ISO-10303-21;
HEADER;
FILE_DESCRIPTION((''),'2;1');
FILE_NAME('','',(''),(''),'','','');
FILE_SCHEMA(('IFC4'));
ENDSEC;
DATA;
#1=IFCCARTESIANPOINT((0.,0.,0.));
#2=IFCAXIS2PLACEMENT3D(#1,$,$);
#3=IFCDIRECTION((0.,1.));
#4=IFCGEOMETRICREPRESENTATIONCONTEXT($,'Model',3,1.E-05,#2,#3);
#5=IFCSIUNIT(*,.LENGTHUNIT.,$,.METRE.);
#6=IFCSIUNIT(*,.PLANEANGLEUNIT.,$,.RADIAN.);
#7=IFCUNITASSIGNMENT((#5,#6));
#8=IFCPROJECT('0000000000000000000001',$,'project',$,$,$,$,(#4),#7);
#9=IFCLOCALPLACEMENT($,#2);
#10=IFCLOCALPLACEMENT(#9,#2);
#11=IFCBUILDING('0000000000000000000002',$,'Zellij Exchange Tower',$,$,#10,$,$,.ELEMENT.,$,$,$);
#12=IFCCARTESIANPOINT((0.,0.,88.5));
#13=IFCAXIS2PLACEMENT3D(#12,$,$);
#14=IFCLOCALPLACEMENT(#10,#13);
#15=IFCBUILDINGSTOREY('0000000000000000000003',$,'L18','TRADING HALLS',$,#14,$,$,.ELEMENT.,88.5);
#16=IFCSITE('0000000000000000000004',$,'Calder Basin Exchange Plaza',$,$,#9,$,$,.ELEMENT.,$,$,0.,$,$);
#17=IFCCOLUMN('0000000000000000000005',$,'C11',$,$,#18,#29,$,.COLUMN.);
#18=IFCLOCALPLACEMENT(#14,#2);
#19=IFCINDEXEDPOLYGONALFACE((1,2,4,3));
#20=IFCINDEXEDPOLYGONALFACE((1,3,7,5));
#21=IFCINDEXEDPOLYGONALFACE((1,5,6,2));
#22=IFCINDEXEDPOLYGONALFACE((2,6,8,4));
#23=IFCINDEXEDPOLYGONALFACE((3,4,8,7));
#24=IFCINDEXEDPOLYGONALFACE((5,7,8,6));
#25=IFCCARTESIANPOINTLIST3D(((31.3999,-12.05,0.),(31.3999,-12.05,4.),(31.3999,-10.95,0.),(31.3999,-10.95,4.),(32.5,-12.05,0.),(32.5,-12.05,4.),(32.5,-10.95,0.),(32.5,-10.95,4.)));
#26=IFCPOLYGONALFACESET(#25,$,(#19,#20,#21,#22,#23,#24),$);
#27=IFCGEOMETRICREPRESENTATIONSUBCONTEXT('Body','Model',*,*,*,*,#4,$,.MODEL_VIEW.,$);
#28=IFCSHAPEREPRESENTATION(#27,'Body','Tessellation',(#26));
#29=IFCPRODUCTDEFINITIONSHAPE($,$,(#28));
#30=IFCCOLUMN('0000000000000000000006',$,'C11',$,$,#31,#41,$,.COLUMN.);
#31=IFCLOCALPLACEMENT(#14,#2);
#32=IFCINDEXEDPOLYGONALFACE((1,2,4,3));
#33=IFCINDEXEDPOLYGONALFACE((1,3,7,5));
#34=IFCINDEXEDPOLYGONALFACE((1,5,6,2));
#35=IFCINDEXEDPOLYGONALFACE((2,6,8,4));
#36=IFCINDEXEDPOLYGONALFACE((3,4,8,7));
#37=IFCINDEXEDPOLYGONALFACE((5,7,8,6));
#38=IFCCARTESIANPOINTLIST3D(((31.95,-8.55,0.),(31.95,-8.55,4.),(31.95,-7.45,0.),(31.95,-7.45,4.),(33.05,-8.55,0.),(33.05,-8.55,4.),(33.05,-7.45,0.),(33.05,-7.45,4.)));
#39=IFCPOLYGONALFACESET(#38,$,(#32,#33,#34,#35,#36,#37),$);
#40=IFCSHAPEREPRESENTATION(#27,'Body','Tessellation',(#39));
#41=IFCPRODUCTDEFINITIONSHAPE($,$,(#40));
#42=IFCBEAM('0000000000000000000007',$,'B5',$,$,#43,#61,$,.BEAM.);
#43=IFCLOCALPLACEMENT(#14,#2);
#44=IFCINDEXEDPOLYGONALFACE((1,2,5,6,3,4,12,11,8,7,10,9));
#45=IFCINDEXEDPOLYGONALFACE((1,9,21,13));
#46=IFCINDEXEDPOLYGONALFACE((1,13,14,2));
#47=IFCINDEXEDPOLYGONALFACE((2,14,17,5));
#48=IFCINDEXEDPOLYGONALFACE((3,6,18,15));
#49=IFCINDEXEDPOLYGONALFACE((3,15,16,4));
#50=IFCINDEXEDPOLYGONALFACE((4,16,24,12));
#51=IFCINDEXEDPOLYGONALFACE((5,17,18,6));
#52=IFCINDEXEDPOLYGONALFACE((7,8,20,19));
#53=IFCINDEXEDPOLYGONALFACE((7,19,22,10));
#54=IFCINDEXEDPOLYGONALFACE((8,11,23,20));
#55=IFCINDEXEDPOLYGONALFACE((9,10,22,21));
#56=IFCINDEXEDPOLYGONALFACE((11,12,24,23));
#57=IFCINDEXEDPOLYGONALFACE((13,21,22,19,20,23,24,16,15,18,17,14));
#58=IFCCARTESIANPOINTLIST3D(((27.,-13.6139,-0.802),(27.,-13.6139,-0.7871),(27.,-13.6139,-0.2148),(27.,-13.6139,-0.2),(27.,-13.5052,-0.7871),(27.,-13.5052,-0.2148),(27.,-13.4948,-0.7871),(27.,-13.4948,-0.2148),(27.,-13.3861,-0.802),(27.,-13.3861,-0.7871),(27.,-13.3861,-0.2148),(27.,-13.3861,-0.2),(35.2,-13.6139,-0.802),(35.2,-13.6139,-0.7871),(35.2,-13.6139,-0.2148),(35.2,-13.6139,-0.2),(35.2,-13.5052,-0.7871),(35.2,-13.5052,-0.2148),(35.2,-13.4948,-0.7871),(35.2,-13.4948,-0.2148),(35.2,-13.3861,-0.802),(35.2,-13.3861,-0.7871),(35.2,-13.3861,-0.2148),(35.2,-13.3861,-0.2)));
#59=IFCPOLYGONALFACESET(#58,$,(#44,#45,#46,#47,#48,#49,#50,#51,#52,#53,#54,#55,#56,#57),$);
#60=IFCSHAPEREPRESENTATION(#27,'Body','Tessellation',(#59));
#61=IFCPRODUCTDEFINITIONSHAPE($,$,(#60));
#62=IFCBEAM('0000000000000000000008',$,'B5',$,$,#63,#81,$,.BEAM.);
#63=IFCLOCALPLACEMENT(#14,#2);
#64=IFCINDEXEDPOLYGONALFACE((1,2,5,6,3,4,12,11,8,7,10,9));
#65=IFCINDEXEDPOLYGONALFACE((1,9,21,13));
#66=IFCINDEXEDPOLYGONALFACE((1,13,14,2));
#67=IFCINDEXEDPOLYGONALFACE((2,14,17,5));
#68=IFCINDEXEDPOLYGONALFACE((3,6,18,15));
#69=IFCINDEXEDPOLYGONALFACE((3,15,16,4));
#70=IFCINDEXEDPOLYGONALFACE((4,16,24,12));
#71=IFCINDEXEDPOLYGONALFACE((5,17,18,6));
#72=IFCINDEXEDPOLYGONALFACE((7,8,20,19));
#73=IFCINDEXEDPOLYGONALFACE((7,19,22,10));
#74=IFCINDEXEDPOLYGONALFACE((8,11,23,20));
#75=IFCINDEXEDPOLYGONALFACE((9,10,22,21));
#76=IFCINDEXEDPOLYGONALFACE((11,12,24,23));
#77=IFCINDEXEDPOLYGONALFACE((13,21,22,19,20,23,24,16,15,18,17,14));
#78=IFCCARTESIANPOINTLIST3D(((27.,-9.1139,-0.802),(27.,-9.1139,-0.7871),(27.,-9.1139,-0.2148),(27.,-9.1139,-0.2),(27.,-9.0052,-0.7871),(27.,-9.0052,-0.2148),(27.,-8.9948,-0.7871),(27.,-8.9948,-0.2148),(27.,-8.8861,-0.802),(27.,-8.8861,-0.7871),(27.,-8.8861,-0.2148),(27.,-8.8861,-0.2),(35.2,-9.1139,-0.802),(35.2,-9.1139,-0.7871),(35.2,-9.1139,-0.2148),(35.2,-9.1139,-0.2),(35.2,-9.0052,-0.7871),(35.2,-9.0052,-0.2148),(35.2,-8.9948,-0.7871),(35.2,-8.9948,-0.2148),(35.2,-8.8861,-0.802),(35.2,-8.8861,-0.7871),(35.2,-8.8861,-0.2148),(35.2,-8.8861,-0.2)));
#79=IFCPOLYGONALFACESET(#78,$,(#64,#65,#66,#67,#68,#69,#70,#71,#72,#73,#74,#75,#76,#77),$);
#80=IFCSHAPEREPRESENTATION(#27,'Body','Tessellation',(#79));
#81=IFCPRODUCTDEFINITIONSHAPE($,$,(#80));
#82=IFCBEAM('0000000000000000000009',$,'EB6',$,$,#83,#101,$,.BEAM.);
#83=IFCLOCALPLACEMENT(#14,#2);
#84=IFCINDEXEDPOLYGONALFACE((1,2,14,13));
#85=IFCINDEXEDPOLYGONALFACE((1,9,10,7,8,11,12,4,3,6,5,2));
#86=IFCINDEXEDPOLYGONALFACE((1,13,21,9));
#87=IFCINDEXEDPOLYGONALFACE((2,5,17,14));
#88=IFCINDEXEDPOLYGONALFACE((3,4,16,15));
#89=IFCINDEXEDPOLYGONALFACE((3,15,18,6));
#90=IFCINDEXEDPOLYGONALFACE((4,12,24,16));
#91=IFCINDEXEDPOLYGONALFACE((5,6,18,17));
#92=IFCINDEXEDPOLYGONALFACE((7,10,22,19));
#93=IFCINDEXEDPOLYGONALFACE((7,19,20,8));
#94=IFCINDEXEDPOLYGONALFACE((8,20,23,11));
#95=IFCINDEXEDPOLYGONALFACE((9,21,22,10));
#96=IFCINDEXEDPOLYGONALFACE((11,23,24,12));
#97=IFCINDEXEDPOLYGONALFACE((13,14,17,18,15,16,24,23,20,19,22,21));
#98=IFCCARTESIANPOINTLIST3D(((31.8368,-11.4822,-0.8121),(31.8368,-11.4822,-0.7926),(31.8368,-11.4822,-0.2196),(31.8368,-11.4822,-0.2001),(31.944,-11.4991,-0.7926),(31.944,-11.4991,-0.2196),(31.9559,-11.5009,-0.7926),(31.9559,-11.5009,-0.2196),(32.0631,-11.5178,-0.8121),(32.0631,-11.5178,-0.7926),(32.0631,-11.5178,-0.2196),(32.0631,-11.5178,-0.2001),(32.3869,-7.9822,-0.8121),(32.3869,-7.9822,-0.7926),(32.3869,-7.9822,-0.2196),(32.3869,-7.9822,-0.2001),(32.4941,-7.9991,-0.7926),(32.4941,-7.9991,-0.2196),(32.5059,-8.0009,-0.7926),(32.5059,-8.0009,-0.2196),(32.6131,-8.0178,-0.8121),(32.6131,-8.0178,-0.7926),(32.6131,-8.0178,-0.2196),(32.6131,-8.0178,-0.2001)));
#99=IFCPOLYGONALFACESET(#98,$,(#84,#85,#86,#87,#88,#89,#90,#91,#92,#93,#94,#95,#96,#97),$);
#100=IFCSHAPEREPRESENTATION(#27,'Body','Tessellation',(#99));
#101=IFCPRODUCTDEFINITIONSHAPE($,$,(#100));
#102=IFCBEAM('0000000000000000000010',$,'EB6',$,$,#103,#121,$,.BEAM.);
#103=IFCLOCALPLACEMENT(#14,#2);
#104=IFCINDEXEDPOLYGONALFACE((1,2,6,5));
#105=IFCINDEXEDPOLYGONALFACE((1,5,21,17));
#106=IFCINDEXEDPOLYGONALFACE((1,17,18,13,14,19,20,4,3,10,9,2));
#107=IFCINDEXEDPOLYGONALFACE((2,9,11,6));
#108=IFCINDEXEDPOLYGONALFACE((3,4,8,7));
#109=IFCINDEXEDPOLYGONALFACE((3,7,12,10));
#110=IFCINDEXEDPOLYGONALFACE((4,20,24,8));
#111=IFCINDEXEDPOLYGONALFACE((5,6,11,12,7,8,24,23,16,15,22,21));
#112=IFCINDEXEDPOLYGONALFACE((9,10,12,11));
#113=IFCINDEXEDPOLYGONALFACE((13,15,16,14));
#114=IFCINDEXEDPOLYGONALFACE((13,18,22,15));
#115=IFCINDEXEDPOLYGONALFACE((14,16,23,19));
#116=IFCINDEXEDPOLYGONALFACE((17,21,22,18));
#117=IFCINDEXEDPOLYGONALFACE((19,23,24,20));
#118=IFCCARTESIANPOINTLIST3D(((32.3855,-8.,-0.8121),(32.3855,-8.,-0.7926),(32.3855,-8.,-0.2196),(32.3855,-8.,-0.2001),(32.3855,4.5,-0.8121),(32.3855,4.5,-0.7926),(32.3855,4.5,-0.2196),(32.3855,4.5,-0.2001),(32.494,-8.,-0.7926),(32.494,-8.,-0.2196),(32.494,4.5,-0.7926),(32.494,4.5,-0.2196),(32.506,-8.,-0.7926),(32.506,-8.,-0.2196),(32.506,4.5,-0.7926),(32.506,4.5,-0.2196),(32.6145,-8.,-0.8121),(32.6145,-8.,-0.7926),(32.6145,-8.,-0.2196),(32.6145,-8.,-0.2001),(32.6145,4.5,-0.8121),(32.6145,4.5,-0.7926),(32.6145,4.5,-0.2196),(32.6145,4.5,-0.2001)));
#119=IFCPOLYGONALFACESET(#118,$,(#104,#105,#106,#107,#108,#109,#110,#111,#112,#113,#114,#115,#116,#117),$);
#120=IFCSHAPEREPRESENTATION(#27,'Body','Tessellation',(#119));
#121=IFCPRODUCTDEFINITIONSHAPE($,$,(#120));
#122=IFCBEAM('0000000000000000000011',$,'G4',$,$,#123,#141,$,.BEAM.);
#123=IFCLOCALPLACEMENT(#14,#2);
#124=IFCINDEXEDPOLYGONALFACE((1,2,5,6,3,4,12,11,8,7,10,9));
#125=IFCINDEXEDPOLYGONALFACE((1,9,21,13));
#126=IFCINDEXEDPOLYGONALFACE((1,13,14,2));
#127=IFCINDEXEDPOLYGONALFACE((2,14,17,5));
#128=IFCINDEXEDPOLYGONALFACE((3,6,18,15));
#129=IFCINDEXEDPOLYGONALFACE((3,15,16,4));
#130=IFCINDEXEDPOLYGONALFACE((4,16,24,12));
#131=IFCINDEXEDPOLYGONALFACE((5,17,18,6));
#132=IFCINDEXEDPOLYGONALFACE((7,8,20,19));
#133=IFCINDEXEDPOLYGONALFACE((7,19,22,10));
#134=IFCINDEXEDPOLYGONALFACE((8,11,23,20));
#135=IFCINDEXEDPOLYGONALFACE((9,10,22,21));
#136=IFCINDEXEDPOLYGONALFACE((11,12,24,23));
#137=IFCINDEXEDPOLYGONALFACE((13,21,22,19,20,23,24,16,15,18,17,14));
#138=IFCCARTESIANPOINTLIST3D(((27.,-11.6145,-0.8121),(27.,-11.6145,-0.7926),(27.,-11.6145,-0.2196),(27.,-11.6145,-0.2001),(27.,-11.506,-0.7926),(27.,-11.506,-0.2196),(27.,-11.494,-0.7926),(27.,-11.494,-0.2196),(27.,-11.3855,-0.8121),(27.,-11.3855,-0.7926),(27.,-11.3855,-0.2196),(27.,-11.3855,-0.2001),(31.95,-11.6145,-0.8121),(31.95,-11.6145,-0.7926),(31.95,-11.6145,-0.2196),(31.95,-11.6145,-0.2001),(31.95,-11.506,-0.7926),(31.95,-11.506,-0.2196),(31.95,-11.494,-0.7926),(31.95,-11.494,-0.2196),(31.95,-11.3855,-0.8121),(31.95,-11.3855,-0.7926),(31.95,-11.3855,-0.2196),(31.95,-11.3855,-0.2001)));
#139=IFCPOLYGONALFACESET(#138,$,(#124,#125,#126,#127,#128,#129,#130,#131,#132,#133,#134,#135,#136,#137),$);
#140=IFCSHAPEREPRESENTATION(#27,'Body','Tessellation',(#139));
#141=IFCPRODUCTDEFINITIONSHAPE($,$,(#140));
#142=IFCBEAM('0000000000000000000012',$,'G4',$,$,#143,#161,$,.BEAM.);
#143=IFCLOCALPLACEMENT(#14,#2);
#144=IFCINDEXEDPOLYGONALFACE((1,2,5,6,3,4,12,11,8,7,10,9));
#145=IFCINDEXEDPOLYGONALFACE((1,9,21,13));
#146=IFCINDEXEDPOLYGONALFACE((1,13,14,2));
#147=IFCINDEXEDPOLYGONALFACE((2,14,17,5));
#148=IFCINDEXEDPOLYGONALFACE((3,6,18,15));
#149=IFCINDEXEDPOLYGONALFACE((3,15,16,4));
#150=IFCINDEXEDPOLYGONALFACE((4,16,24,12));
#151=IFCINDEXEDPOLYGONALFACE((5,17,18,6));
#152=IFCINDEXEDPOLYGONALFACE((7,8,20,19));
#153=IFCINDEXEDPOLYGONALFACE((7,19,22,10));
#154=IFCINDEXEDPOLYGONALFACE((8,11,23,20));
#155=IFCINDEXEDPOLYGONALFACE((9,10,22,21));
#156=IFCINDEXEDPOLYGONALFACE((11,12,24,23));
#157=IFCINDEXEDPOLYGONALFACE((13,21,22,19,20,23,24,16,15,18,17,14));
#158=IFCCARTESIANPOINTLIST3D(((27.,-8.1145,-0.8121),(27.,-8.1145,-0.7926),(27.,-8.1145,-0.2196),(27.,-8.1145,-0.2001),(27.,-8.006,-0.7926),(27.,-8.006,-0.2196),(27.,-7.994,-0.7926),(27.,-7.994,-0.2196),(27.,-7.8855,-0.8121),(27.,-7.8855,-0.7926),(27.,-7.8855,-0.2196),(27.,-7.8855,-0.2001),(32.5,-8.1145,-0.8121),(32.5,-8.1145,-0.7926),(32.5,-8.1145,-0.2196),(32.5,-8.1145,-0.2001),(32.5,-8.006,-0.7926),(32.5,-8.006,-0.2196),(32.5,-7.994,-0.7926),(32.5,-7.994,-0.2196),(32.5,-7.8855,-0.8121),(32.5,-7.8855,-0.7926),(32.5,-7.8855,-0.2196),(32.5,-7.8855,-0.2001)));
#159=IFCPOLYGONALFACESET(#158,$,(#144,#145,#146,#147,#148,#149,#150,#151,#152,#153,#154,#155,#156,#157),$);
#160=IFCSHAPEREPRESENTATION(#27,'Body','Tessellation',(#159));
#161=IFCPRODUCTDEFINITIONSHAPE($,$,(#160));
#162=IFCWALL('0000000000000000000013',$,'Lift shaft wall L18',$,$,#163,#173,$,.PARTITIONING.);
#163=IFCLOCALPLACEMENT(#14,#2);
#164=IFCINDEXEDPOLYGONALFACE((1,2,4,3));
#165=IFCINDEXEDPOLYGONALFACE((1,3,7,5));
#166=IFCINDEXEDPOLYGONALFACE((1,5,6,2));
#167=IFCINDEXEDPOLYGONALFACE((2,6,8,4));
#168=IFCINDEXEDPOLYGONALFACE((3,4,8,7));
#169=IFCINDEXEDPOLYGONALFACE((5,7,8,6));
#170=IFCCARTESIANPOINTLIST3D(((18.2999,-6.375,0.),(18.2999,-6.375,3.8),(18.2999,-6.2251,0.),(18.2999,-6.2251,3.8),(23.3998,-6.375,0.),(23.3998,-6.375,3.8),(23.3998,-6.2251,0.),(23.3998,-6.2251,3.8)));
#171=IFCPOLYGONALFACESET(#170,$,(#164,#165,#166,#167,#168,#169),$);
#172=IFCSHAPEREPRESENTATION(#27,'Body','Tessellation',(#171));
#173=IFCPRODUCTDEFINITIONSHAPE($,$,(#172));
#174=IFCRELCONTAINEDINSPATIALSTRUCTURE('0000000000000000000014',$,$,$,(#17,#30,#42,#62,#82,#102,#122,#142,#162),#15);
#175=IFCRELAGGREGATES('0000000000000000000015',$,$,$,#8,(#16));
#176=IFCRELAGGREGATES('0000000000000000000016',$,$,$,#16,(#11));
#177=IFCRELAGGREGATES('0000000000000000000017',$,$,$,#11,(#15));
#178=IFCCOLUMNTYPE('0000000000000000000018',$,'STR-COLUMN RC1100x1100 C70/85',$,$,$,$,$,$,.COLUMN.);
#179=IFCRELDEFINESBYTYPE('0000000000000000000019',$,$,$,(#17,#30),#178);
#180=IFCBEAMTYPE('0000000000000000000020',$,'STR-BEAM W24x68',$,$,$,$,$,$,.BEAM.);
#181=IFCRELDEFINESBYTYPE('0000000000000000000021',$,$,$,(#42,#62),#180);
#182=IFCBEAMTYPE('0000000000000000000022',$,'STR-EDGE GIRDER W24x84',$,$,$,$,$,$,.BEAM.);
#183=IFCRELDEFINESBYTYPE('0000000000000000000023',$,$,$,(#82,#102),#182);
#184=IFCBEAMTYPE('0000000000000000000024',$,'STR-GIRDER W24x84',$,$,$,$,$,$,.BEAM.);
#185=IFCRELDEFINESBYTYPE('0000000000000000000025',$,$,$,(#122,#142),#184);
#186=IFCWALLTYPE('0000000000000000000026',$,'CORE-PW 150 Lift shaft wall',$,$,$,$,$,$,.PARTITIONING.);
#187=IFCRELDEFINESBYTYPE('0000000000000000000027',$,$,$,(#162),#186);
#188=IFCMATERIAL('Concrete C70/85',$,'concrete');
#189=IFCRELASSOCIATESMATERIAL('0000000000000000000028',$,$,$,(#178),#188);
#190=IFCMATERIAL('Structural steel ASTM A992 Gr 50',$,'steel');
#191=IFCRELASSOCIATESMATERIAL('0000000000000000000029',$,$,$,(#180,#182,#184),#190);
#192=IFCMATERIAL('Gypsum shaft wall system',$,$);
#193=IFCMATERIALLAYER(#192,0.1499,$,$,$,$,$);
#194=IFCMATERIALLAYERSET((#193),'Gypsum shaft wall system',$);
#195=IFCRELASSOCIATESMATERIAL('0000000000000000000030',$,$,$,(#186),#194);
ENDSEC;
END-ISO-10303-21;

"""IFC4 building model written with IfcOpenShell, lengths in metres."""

from ifc_helpers import new_model, si_unit, direction, frame, frame_2d, origin, origin_2d, place, context, subcontext, project, spatial, rectangle, i_section, extrude, material, layer, layer_set, material_profile, profile_set, type_object, element, save


model = new_model("IFC4")

# Units and contexts
model_context = context("Model", 3, precision=1e-05, world=origin(), true_north=direction((0.0, 1.0)))
body_context = subcontext(model_context, "Body", "Model", "MODEL_VIEW")
ifc_project = project(units=[si_unit("LENGTHUNIT", "METRE"), si_unit("PLANEANGLEUNIT", "RADIAN")], contexts=[model_context])

# Site, building, storey
site_placement = place(None, origin())
site = spatial("IfcSite", under=ifc_project, at=site_placement, Name="Calder Basin Exchange Plaza", CompositionType="ELEMENT", RefElevation=0.0)
building_placement = place(site_placement, origin())
building = spatial("IfcBuilding", under=site, at=building_placement, Name="Zellij Exchange Tower", CompositionType="ELEMENT")
storey_placement = place(building_placement, frame((0.0, 0.0, 88.5)))
storey = spatial("IfcBuildingStorey", under=building, at=storey_placement, Name="L18", Description="TRADING HALLS", CompositionType="ELEMENT", Elevation=88.5)

# Columns
ifc_material_1 = material(Name="Concrete C70/85", Category="concrete")
ifc_material_profile_1 = material_profile(ifc_material_1, rectangle(XDim=1.1001, YDim=1.1001, at=origin_2d()), Name="STR-COLUMN RC1100x1100 C70/85")
ifc_profile_set_1 = profile_set([ifc_material_profile_1], Name="Concrete C70/85")
column_type = type_object("IfcColumnType", Name="STR-COLUMN RC1100x1100 C70/85", PredefinedType="COLUMN", material=ifc_profile_set_1)
for number, where, z_axis, x_axis, name in (
    (1, (31.95, -11.5, 0.0), (0.0, 0.0, 1.0), (1.0, 0.0, 0.0), "C11"),
    (2, (32.5, -8.0, 0.0), (0.0, 0.0, 1.0), (1.0, 0.0, 0.0), "C11"),
):
    element("IfcColumn", number, at=place(storey_placement, frame(where, z_axis=z_axis, x_axis=x_axis)), inside=storey, type_object=column_type, Name=name, PredefinedType="COLUMN", context=body_context, shape_type="SweptSolid", body=[
        extrude(rectangle(XDim=1.1001, YDim=1.1001, at=origin_2d()), origin(), (0.0, 0.0, 1.0), 4.0),
    ])

# Beams
ifc_material_2 = material(Name="Structural steel ASTM A992 Gr 50", Category="steel")
ifc_material_profile_2 = material_profile(ifc_material_2, i_section(OverallWidth=0.2278, OverallDepth=0.6021, WebThickness=0.0105, FlangeThickness=0.0149, at=origin_2d()), Name="W24x68")
ifc_profile_set_2 = profile_set([ifc_material_profile_2], Name="Structural steel ASTM A992 Gr 50")
beam_type_1 = type_object("IfcBeamType", Name="STR-BEAM W24x68", PredefinedType="BEAM", material=ifc_profile_set_2)
for number, where, z_axis, x_axis, name in (
    (3, (27.0, -13.5, -0.501), (1.0, 0.0, 0.0), (0.0, 1.0, 0.0), "B5"),
    (4, (27.0, -9.0, -0.501), (1.0, 0.0, 0.0), (0.0, 1.0, 0.0), "B5"),
):
    element("IfcBeam", number, at=place(storey_placement, frame(where, z_axis=z_axis, x_axis=x_axis)), inside=storey, type_object=beam_type_1, Name=name, PredefinedType="BEAM", context=body_context, shape_type="SweptSolid", body=[
        extrude(i_section(OverallWidth=0.2278, OverallDepth=0.6021, WebThickness=0.0105, FlangeThickness=0.0149, at=origin_2d()), origin(), (0.0, 0.0, 1.0), 8.2),
    ])
ifc_material_profile_3 = material_profile(ifc_material_2, i_section(OverallWidth=0.229, OverallDepth=0.6121, WebThickness=0.012, FlangeThickness=0.0195, at=origin_2d()), Name="W24x84")
ifc_profile_set_3 = profile_set([ifc_material_profile_3], Name="Structural steel ASTM A992 Gr 50")
beam_type_2 = type_object("IfcBeamType", Name="STR-EDGE GIRDER W24x84", PredefinedType="BEAM", material=ifc_profile_set_3)
beam_1_placement = place(storey_placement, frame((31.95, -11.5, -0.5061), z_axis=(0.155251, 0.987875, 0.0), x_axis=(-0.987875, 0.155251, 0.0)))
element("IfcBeam", 5, at=beam_1_placement, inside=storey, type_object=beam_type_2, Name="EB6", PredefinedType="BEAM", context=body_context, shape_type="SweptSolid", body=[
    extrude(i_section(OverallWidth=0.229, OverallDepth=0.6121, WebThickness=0.012, FlangeThickness=0.0195, at=origin_2d()), origin(), (0.0, 0.0, 1.0), 3.543),
])
beam_2_placement = place(storey_placement, frame((32.5, -8.0, -0.5061), z_axis=(0.0, 1.0, 0.0), x_axis=(-1.0, 0.0, 0.0)))
element("IfcBeam", 6, at=beam_2_placement, inside=storey, type_object=beam_type_2, Name="EB6", PredefinedType="BEAM", context=body_context, shape_type="SweptSolid", body=[
    extrude(i_section(OverallWidth=0.229, OverallDepth=0.6121, WebThickness=0.012, FlangeThickness=0.0195, at=origin_2d()), origin(), (0.0, 0.0, 1.0), 12.5),
])
ifc_material_profile_4 = material_profile(ifc_material_2, i_section(OverallWidth=0.229, OverallDepth=0.6121, WebThickness=0.012, FlangeThickness=0.0195, at=origin_2d()), Name="W24x84")
ifc_profile_set_4 = profile_set([ifc_material_profile_4], Name="Structural steel ASTM A992 Gr 50")
beam_type_3 = type_object("IfcBeamType", Name="STR-GIRDER W24x84", PredefinedType="BEAM", material=ifc_profile_set_4)
beam_3_placement = place(storey_placement, frame((27.0, -11.5, -0.5061), z_axis=(1.0, 0.0, 0.0), x_axis=(0.0, 1.0, 0.0)))
element("IfcBeam", 7, at=beam_3_placement, inside=storey, type_object=beam_type_3, Name="G4", PredefinedType="BEAM", context=body_context, shape_type="SweptSolid", body=[
    extrude(i_section(OverallWidth=0.229, OverallDepth=0.6121, WebThickness=0.012, FlangeThickness=0.0195, at=origin_2d()), origin(), (0.0, 0.0, 1.0), 4.95),
])
beam_4_placement = place(storey_placement, frame((27.0, -8.0, -0.5061), z_axis=(1.0, 0.0, 0.0), x_axis=(0.0, 1.0, 0.0)))
element("IfcBeam", 8, at=beam_4_placement, inside=storey, type_object=beam_type_3, Name="G4", PredefinedType="BEAM", context=body_context, shape_type="SweptSolid", body=[
    extrude(i_section(OverallWidth=0.229, OverallDepth=0.6121, WebThickness=0.012, FlangeThickness=0.0195, at=origin_2d()), origin(), (0.0, 0.0, 1.0), 5.5),
])

# Wall
ifc_material_3 = material(Name="Gypsum shaft wall system")
ifc_layer_1 = layer(ifc_material_3, 0.1499)
ifc_layer_set_1 = layer_set([ifc_layer_1], Name="Gypsum shaft wall system")
wall_type_1 = type_object("IfcWallType", Name="CORE-PW 150 Lift shaft wall", PredefinedType="PARTITIONING", material=ifc_layer_set_1)
wall_1_placement = place(storey_placement, frame((18.3, -6.3, 0.0), z_axis=(0.0, 0.0, 1.0), x_axis=(1.0, 0.0, 0.0)))
element("IfcWall", 9, at=wall_1_placement, inside=storey, type_object=wall_type_1, Name="Lift shaft wall L18", PredefinedType="PARTITIONING", context=body_context, shape_type="SweptSolid", body=[
    extrude(rectangle(XDim=5.0999, YDim=0.1499, at=frame_2d((2.5498, 0.0))), origin(), (0.0, 0.0, 1.0), 3.8),
])

save(model, "model.ifc")
